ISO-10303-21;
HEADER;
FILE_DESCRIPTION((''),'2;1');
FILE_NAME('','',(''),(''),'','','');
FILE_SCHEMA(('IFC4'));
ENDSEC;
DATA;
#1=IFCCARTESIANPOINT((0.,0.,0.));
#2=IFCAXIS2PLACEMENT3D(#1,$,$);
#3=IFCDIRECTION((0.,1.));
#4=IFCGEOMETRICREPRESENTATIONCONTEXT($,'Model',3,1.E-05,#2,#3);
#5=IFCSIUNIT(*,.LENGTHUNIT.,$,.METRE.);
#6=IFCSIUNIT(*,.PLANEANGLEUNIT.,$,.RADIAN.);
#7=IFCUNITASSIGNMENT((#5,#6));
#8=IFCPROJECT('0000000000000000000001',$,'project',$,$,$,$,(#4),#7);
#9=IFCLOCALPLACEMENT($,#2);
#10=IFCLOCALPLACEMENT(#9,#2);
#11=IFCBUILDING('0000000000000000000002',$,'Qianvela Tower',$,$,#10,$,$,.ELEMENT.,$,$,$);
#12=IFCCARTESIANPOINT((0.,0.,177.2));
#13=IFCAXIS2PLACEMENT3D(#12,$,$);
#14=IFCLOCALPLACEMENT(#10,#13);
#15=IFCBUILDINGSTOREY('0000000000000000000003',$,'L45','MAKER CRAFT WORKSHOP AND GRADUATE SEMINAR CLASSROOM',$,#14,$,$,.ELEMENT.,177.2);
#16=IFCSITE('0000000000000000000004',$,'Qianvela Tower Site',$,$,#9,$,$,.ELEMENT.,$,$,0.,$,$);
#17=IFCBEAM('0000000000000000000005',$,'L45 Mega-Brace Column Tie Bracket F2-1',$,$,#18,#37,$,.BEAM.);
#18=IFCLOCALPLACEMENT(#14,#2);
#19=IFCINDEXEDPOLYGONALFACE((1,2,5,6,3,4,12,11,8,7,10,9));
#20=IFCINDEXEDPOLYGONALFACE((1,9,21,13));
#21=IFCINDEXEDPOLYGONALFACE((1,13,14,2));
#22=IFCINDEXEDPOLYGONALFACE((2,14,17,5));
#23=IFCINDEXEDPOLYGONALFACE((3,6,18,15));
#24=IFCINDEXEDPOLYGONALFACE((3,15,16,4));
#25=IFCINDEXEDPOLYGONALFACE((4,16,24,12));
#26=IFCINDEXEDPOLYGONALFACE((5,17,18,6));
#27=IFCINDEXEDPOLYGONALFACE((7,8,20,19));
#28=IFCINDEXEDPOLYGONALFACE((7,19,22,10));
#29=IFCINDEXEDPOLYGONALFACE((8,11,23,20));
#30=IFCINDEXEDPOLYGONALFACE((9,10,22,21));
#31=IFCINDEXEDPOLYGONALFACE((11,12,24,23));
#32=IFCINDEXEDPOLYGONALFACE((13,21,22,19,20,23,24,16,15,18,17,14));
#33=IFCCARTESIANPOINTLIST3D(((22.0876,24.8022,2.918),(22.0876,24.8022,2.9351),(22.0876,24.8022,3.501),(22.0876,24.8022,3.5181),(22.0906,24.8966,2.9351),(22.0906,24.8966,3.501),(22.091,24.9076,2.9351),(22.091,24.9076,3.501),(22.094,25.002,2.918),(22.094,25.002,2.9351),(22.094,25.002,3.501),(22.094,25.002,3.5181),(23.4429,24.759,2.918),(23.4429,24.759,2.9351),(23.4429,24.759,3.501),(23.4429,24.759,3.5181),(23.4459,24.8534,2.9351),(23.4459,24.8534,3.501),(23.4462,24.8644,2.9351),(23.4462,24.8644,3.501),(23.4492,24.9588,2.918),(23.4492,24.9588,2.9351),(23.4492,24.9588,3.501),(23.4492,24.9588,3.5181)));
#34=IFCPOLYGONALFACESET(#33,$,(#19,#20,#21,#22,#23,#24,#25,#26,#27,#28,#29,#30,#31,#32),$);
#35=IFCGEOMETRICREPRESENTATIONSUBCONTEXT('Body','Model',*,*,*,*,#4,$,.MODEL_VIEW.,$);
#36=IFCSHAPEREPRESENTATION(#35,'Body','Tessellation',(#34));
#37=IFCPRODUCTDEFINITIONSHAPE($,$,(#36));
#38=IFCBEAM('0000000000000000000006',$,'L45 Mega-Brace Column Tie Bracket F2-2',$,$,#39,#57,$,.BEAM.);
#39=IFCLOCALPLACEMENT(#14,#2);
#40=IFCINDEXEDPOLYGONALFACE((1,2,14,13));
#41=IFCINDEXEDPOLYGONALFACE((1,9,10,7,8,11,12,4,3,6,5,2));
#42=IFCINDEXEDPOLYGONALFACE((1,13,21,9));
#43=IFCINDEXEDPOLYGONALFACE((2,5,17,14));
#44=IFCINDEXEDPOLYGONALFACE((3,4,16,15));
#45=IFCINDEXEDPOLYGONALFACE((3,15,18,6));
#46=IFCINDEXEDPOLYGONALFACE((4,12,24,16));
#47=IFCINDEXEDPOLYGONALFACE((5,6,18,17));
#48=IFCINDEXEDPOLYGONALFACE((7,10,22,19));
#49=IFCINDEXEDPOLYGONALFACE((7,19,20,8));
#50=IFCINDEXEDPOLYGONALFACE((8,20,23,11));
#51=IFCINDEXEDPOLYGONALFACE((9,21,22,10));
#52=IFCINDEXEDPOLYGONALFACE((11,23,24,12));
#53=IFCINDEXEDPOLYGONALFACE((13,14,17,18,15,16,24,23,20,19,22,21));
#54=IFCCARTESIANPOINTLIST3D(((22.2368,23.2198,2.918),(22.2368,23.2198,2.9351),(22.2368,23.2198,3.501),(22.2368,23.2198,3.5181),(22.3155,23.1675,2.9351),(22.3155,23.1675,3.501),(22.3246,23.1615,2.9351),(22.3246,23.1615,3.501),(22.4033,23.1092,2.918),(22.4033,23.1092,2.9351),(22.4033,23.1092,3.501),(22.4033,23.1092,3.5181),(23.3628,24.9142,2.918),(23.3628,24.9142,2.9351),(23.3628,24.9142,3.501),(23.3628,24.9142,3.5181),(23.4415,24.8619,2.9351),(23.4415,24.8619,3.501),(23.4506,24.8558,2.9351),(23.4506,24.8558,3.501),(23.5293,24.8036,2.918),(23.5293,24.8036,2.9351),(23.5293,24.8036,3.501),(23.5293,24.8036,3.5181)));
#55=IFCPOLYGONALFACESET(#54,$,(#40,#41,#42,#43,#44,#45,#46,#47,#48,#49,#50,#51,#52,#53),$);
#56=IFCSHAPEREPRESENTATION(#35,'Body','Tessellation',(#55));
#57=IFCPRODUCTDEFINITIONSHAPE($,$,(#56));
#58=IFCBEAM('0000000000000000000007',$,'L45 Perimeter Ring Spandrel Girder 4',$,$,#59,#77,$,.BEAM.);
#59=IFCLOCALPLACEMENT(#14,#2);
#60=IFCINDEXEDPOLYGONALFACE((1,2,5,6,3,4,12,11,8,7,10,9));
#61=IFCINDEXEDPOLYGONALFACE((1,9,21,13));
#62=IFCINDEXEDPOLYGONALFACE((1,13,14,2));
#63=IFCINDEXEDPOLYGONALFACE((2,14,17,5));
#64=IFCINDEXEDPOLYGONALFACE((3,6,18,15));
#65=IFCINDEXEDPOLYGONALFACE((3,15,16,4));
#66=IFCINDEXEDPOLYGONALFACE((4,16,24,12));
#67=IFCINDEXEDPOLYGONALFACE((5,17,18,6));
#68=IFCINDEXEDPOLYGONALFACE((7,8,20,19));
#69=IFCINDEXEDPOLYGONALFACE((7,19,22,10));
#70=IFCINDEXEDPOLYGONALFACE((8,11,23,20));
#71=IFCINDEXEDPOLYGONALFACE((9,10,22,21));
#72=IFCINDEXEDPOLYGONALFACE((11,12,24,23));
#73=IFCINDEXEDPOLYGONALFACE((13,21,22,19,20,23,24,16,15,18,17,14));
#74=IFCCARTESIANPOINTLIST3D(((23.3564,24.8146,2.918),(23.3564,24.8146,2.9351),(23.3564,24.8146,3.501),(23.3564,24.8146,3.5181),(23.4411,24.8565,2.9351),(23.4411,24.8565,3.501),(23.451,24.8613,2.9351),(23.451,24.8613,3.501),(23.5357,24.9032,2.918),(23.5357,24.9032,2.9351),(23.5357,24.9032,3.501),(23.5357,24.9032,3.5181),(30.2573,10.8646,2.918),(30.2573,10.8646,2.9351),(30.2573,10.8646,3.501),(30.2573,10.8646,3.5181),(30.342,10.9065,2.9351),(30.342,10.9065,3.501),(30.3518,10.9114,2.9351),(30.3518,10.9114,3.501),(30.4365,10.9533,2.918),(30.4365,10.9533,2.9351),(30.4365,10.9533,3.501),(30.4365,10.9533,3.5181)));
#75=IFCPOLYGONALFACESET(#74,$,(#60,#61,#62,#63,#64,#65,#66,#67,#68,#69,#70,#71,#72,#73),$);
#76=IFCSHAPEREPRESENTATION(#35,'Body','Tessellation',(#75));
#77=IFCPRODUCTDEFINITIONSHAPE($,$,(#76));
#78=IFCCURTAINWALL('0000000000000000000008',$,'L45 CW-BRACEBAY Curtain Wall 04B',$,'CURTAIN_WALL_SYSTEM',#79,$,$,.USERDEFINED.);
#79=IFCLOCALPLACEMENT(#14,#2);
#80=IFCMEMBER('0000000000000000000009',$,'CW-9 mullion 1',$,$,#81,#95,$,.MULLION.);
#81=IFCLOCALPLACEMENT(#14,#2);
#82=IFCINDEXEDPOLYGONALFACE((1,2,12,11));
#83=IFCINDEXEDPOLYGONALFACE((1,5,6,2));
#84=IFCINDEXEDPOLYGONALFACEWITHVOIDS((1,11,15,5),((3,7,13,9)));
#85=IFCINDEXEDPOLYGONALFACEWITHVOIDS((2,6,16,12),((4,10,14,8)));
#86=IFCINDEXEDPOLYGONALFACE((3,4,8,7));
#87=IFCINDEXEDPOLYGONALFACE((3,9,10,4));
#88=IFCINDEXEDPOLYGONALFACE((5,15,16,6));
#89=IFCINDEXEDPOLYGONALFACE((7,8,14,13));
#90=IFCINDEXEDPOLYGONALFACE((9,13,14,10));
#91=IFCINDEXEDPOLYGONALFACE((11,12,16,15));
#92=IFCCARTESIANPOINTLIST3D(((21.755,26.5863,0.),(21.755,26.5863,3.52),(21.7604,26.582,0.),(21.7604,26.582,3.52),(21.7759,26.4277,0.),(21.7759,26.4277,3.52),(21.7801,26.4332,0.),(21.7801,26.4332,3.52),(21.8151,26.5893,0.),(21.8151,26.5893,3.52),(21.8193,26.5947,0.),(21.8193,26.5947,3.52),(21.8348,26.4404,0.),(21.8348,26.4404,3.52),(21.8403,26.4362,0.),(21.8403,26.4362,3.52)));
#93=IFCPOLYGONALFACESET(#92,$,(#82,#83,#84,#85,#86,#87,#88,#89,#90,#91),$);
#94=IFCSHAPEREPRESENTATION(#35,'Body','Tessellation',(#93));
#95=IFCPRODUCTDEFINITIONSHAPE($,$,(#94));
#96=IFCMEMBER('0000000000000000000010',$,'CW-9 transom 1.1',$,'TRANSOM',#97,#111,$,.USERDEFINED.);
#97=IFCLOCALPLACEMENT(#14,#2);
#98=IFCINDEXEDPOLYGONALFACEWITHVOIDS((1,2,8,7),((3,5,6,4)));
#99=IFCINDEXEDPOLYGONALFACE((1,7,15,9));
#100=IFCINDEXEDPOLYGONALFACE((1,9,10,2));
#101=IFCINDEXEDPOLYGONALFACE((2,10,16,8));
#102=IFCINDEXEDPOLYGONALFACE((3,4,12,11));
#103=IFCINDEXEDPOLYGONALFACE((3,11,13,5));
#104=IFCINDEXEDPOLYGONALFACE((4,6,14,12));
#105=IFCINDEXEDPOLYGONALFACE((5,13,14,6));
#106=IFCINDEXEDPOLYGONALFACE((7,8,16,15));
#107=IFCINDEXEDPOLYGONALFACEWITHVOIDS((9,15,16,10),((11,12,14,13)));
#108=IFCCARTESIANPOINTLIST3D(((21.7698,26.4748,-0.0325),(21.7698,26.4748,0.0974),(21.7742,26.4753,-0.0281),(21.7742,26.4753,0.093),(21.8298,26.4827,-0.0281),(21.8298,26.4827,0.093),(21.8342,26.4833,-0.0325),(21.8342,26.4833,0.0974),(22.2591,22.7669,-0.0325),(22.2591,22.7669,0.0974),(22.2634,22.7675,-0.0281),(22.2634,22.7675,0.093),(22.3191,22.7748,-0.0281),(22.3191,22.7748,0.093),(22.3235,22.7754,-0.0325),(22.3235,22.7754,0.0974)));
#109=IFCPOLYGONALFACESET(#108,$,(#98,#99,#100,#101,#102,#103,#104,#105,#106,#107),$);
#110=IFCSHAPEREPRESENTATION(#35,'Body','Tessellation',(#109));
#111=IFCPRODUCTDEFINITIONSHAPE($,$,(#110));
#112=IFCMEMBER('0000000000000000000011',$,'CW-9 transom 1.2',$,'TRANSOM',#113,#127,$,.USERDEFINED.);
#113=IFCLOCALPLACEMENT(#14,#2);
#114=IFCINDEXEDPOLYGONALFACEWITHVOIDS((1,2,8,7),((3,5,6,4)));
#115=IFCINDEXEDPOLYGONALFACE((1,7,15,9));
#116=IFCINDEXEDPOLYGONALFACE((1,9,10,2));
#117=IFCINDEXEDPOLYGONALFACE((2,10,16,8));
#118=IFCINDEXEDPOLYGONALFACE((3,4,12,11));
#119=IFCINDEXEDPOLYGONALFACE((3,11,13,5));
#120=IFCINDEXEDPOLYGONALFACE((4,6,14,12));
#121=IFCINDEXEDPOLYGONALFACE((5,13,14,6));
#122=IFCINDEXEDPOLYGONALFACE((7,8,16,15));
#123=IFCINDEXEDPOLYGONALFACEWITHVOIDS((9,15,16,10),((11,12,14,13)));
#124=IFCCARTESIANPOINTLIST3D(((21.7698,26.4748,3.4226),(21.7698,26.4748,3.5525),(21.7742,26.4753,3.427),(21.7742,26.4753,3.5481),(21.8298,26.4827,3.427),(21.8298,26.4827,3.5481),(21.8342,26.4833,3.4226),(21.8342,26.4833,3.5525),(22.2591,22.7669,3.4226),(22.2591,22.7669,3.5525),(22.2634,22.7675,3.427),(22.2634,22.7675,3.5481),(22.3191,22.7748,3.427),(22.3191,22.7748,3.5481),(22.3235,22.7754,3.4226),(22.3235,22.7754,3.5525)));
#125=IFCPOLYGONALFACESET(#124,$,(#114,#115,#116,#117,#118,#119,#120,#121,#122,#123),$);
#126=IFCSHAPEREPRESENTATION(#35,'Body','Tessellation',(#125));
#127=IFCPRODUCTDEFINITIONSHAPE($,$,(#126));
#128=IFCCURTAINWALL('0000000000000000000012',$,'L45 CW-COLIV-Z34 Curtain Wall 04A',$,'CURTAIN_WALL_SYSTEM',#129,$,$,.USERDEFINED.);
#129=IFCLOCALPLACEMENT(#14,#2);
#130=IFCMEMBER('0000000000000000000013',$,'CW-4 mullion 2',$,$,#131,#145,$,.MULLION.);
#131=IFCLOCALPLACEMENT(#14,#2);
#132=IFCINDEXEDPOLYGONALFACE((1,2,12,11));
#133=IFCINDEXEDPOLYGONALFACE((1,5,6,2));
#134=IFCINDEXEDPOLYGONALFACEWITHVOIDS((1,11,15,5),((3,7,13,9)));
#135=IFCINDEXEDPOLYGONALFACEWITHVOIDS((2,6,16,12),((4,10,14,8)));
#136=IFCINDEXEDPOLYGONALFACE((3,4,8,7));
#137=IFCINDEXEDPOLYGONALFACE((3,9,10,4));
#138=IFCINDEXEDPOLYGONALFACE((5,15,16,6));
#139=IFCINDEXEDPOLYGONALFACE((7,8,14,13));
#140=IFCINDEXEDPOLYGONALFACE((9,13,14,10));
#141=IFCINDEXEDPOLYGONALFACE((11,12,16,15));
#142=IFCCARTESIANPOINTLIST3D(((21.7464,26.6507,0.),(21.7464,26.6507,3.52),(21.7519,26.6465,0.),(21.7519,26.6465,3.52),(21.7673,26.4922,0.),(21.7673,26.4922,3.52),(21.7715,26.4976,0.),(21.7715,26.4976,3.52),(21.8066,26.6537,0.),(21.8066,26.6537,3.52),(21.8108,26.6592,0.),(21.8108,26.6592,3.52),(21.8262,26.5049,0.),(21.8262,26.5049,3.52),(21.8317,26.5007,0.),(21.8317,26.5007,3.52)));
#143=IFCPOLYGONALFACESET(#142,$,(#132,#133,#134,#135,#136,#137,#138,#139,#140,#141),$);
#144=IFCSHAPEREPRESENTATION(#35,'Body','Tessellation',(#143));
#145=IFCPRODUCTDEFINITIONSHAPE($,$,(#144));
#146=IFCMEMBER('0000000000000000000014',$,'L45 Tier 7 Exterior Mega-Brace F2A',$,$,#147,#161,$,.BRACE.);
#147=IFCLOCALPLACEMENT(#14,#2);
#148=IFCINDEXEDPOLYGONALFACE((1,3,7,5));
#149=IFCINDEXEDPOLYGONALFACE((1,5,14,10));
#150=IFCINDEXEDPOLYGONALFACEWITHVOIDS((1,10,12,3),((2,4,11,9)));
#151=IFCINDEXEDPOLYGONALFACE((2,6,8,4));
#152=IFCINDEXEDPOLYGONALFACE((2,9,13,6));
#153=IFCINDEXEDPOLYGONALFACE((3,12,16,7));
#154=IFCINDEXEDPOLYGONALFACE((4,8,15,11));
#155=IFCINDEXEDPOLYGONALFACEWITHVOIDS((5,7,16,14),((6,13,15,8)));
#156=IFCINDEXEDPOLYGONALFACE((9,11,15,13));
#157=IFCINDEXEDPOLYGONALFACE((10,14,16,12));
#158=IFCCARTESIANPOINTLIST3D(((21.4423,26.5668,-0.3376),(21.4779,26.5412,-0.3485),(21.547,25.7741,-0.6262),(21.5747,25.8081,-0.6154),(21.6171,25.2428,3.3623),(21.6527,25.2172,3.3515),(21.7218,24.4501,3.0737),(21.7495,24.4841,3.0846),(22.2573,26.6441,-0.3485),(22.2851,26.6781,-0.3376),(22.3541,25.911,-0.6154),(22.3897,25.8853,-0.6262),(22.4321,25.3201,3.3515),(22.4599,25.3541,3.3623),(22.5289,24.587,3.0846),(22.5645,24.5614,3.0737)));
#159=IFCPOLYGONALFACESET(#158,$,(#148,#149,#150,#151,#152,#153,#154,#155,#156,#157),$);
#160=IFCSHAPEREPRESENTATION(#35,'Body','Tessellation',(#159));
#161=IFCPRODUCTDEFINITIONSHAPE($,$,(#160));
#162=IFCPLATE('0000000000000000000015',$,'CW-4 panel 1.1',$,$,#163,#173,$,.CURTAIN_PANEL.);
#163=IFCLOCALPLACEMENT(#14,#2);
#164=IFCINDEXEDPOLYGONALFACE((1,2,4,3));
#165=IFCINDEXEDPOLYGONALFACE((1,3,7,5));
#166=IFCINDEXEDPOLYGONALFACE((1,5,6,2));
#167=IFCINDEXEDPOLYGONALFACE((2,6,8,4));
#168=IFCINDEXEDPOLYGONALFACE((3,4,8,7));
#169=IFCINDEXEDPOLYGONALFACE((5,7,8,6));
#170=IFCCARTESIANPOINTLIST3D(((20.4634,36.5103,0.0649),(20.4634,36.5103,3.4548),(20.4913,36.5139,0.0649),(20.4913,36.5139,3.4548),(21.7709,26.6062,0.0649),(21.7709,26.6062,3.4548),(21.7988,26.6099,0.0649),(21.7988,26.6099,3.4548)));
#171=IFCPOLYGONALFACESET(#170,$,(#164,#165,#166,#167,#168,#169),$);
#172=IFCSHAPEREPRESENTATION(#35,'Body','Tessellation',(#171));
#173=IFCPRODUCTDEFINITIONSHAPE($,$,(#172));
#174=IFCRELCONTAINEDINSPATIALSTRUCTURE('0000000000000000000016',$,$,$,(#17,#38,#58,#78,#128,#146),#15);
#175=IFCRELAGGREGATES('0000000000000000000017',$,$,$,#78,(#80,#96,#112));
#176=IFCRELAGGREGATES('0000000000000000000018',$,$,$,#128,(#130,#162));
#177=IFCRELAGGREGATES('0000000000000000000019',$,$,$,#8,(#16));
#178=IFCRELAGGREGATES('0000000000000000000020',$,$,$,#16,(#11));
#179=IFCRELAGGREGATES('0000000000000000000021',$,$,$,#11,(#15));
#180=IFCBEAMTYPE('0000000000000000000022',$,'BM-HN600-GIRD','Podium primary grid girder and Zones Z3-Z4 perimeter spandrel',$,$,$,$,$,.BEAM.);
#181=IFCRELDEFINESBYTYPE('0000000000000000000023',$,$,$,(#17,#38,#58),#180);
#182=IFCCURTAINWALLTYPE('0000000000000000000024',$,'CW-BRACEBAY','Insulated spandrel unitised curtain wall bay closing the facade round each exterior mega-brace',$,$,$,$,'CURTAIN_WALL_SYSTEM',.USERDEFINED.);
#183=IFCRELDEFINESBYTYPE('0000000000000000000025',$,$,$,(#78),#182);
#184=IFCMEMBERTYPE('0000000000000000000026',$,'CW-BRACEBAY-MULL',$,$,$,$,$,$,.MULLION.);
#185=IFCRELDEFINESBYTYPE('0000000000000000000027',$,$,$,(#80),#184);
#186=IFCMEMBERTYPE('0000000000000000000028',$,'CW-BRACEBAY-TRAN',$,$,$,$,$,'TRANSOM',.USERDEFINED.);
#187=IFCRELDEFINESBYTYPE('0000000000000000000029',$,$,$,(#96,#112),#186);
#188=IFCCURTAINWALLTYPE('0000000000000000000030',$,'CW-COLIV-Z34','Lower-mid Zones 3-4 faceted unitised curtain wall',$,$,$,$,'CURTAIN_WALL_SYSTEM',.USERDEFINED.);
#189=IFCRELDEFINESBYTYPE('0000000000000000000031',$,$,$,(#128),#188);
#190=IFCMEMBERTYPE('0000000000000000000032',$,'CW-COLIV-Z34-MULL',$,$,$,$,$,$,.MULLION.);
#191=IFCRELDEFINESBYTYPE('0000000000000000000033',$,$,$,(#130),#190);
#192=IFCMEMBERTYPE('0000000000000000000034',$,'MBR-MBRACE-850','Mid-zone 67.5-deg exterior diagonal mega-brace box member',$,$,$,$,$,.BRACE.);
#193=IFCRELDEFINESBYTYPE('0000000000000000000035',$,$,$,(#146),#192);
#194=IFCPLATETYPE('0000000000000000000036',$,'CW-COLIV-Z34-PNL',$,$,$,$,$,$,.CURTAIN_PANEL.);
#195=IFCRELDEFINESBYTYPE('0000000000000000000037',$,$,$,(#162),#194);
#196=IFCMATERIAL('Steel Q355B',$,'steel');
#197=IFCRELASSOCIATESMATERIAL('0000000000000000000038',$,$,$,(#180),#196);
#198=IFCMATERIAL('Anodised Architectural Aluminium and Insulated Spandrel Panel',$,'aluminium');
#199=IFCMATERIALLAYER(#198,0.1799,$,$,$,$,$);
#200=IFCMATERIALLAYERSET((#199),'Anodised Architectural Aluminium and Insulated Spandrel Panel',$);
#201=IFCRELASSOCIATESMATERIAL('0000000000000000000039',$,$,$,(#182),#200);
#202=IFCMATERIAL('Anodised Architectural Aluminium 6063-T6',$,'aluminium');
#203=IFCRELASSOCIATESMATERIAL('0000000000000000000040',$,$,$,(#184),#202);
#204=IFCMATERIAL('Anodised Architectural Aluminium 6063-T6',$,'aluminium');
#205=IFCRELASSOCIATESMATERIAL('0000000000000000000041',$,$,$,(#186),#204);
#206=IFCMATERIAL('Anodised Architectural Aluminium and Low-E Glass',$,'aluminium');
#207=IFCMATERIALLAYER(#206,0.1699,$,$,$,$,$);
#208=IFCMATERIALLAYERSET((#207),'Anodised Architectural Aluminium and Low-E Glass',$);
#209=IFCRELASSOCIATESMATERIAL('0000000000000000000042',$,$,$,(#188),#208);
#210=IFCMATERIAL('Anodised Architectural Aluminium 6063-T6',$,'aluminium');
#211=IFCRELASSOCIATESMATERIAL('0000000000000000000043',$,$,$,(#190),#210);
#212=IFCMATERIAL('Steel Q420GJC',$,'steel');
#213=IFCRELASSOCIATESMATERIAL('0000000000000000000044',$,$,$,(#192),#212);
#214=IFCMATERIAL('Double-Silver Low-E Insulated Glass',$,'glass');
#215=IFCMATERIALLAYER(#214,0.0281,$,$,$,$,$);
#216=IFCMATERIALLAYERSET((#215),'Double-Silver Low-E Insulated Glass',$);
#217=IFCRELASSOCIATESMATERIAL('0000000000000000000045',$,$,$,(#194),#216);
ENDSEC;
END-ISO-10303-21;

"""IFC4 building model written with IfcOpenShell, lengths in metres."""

from ifc_helpers import new_model, si_unit, direction, frame, origin, origin_2d, place, context, subcontext, project, spatial, rectangle, hollow_rectangle, i_section, extrude, material, layer, layer_set, material_profile, profile_set, type_object, element, aggregate, save


model = new_model("IFC4")

# Units and contexts
model_context = context("Model", 3, precision=1e-05, world=origin(), true_north=direction((0.0, 1.0)))
body_context = subcontext(model_context, "Body", "Model", "MODEL_VIEW")
ifc_project = project(units=[si_unit("LENGTHUNIT", "METRE"), si_unit("PLANEANGLEUNIT", "RADIAN")], contexts=[model_context])

# Site, building, storey
site_placement = place(None, origin())
site = spatial("IfcSite", under=ifc_project, at=site_placement, Name="Qianvela Tower Site", CompositionType="ELEMENT", RefElevation=0.0)
building_placement = place(site_placement, origin())
building = spatial("IfcBuilding", under=site, at=building_placement, Name="Qianvela Tower", CompositionType="ELEMENT")
storey_placement = place(building_placement, frame((0.0, 0.0, 177.2)))
storey = spatial("IfcBuildingStorey", under=building, at=storey_placement, Name="L45", Description="MAKER CRAFT WORKSHOP AND GRADUATE SEMINAR CLASSROOM", CompositionType="ELEMENT", Elevation=177.2)

# Beams
ifc_material_1 = material(Name="Steel Q355B", Category="steel")
ifc_material_profile_1 = material_profile(ifc_material_1, i_section(OverallWidth=0.2, OverallDepth=0.6001, WebThickness=0.011, FlangeThickness=0.0171, at=origin_2d()), Name="HN600x200x11x17")
ifc_profile_set_1 = profile_set([ifc_material_profile_1], Name="Steel Q355B")
beam_type = type_object("IfcBeamType", Name="BM-HN600-GIRD", Description="Podium primary grid girder and Zones Z3-Z4 perimeter spandrel", PredefinedType="BEAM", material=ifc_profile_set_1)
beam_1_placement = place(storey_placement, frame((23.446, 24.8589, 3.218), z_axis=(-0.999492, 0.03187, 0.0), x_axis=(-0.03187, -0.999492, 0.0)))
element("IfcBeam", 1, at=beam_1_placement, inside=storey, type_object=beam_type, Name="L45 Mega-Brace Column Tie Bracket F2-1", PredefinedType="BEAM", context=body_context, shape_type="SweptSolid", body=[
    extrude(i_section(OverallWidth=0.2, OverallDepth=0.6001, WebThickness=0.011, FlangeThickness=0.0171, at=origin_2d()), origin(), (0.0, 0.0, 1.0), 1.356),
])
beam_2_placement = place(storey_placement, frame((23.446, 24.8589, 3.218), z_axis=(-0.553481, -0.832862, 0.0), x_axis=(0.832862, -0.553481, 0.0)))
element("IfcBeam", 2, at=beam_2_placement, inside=storey, type_object=beam_type, Name="L45 Mega-Brace Column Tie Bracket F2-2", PredefinedType="BEAM", context=body_context, shape_type="SweptSolid", body=[
    extrude(i_section(OverallWidth=0.2, OverallDepth=0.6001, WebThickness=0.011, FlangeThickness=0.0171, at=origin_2d()), origin(), (0.0, 0.0, 1.0), 2.0344),
])
beam_3_placement = place(storey_placement, frame((23.446, 24.8589, 3.218), z_axis=(0.443401, -0.896323, 0.0), x_axis=(0.896323, 0.443401, 0.0)))
element("IfcBeam", 3, at=beam_3_placement, inside=storey, type_object=beam_type, Name="L45 Perimeter Ring Spandrel Girder 4", PredefinedType="BEAM", context=body_context, shape_type="SweptSolid", body=[
    extrude(i_section(OverallWidth=0.2, OverallDepth=0.6001, WebThickness=0.011, FlangeThickness=0.0171, at=origin_2d()), origin(), (0.0, 0.0, 1.0), 15.5635),
])

# Curtain wall, members
ifc_material_2 = material(Name="Anodised Architectural Aluminium and Insulated Spandrel Panel", Category="aluminium")
ifc_layer_1 = layer(ifc_material_2, 0.1799)
ifc_layer_set_1 = layer_set([ifc_layer_1], Name="Anodised Architectural Aluminium and Insulated Spandrel Panel")
curtain_wall_type_1 = type_object("IfcCurtainWallType", Name="CW-BRACEBAY", Description="Insulated spandrel unitised curtain wall bay closing the facade round each exterior mega-brace", ElementType="CURTAIN_WALL_SYSTEM", PredefinedType="USERDEFINED", material=ifc_layer_set_1)
curtain_wall_1_placement = place(storey_placement, origin())
curtain_wall_1 = element("IfcCurtainWall", 4, at=curtain_wall_1_placement, inside=storey, type_object=curtain_wall_type_1, Name="L45 CW-BRACEBAY Curtain Wall 04B", ObjectType="CURTAIN_WALL_SYSTEM", PredefinedType="USERDEFINED")
ifc_material_3 = material(Name="Anodised Architectural Aluminium 6063-T6", Category="aluminium")
ifc_material_profile_2 = material_profile(ifc_material_3, hollow_rectangle(XDim=0.0649, YDim=0.1599, WallThickness=0.0049, at=origin_2d()), Name="ALU-MULL-65x160")
ifc_profile_set_2 = profile_set([ifc_material_profile_2], Name="Anodised Architectural Aluminium 6063-T6")
member_type_1 = type_object("IfcMemberType", Name="CW-BRACEBAY-MULL", PredefinedType="MULLION", material=ifc_profile_set_2)
member_1_placement = place(storey_placement, frame((21.7976, 26.5112, 0.0), z_axis=(0.0, 0.0, 1.0), x_axis=(0.991402, 0.130854, 0.0)))
member_1 = element("IfcMember", 5, at=member_1_placement, type_object=member_type_1, Name="CW-9 mullion 1", PredefinedType="MULLION", context=body_context, shape_type="SweptSolid", body=[
    extrude(hollow_rectangle(XDim=0.0649, YDim=0.1599, WallThickness=0.0049, at=origin_2d()), origin(), (0.0, 0.0, 1.0), 3.52),
])
ifc_material_4 = material(Name="Anodised Architectural Aluminium 6063-T6", Category="aluminium")
ifc_material_profile_3 = material_profile(ifc_material_4, hollow_rectangle(XDim=0.0649, YDim=0.1299, WallThickness=0.0044, at=origin_2d()), Name="ALU-TRAN-65x130")
ifc_profile_set_3 = profile_set([ifc_material_profile_3], Name="Anodised Architectural Aluminium 6063-T6")
member_type_2 = type_object("IfcMemberType", Name="CW-BRACEBAY-TRAN", ElementType="TRANSOM", PredefinedType="USERDEFINED", material=ifc_profile_set_3)
member_2_placement = place(storey_placement, frame((21.802, 26.479, 0.0325), z_axis=(0.130821, -0.991406, 0.0), x_axis=(0.991406, 0.130821, 0.0)))
member_2 = element("IfcMember", 6, at=member_2_placement, type_object=member_type_2, Name="CW-9 transom 1.1", ObjectType="TRANSOM", PredefinedType="USERDEFINED", context=body_context, shape_type="SweptSolid", body=[
    extrude(hollow_rectangle(XDim=0.0649, YDim=0.1299, WallThickness=0.0044, at=origin_2d()), origin(), (0.0, 0.0, 1.0), 3.74),
])
member_3_placement = place(storey_placement, frame((21.802, 26.479, 3.4875), z_axis=(0.130821, -0.991406, 0.0), x_axis=(0.991406, 0.130821, 0.0)))
member_3 = element("IfcMember", 7, at=member_3_placement, type_object=member_type_2, Name="CW-9 transom 1.2", ObjectType="TRANSOM", PredefinedType="USERDEFINED", context=body_context, shape_type="SweptSolid", body=[
    extrude(hollow_rectangle(XDim=0.0649, YDim=0.1299, WallThickness=0.0044, at=origin_2d()), origin(), (0.0, 0.0, 1.0), 3.74),
])
aggregate(curtain_wall_1, [member_1, member_2, member_3])

# Curtain wall, member
ifc_material_5 = material(Name="Anodised Architectural Aluminium and Low-E Glass", Category="aluminium")
ifc_layer_2 = layer(ifc_material_5, 0.1699)
ifc_layer_set_2 = layer_set([ifc_layer_2], Name="Anodised Architectural Aluminium and Low-E Glass")
curtain_wall_type_2 = type_object("IfcCurtainWallType", Name="CW-COLIV-Z34", Description="Lower-mid Zones 3-4 faceted unitised curtain wall", ElementType="CURTAIN_WALL_SYSTEM", PredefinedType="USERDEFINED", material=ifc_layer_set_2)
curtain_wall_2_placement = place(storey_placement, origin())
curtain_wall_2 = element("IfcCurtainWall", 8, at=curtain_wall_2_placement, inside=storey, type_object=curtain_wall_type_2, Name="L45 CW-COLIV-Z34 Curtain Wall 04A", ObjectType="CURTAIN_WALL_SYSTEM", PredefinedType="USERDEFINED")
ifc_material_6 = material(Name="Anodised Architectural Aluminium 6063-T6", Category="aluminium")
ifc_material_profile_4 = material_profile(ifc_material_6, hollow_rectangle(XDim=0.0649, YDim=0.1599, WallThickness=0.0049, at=origin_2d()), Name="ALU-MULL-65x160")
ifc_profile_set_4 = profile_set([ifc_material_profile_4], Name="Anodised Architectural Aluminium 6063-T6")
member_type_3 = type_object("IfcMemberType", Name="CW-COLIV-Z34-MULL", PredefinedType="MULLION", material=ifc_profile_set_4)
member_4_placement = place(storey_placement, frame((21.7891, 26.5757, 0.0), z_axis=(0.0, 0.0, 1.0), x_axis=(0.991398, 0.13088, 0.0)))
member_4 = element("IfcMember", 9, at=member_4_placement, type_object=member_type_3, Name="CW-4 mullion 2", PredefinedType="MULLION", context=body_context, shape_type="SweptSolid", body=[
    extrude(hollow_rectangle(XDim=0.0649, YDim=0.1599, WallThickness=0.0049, at=origin_2d()), origin(), (0.0, 0.0, 1.0), 3.52),
])

# Member
ifc_material_7 = material(Name="Steel Q420GJC", Category="steel")
ifc_material_profile_5 = material_profile(ifc_material_7, hollow_rectangle(XDim=0.8501, YDim=0.8501, WallThickness=0.032, at=origin_2d()), Name="MBOX-850x850x32")
ifc_profile_set_5 = profile_set([ifc_material_profile_5], Name="Steel Q420GJC")
member_type_4 = type_object("IfcMemberType", Name="MBR-MBRACE-850", Description="Mid-zone 67.5-deg exterior diagonal mega-brace box member", PredefinedType="BRACE", material=ifc_profile_set_5)
member_5_placement = place(storey_placement, frame((21.916, 26.2261, -0.4819), z_axis=(0.044439, -0.336582, 0.940605), x_axis=(0.991396, 0.130894, 0.0)))
element("IfcMember", 10, at=member_5_placement, inside=storey, type_object=member_type_4, Name="L45 Tier 7 Exterior Mega-Brace F2A", PredefinedType="BRACE", context=body_context, shape_type="SweptSolid", body=[
    extrude(hollow_rectangle(XDim=0.8501, YDim=0.8501, WallThickness=0.032, at=origin_2d()), origin(), (0.0, 0.0, 1.0), 3.9336),
])

# Plate
ifc_material_8 = material(Name="Double-Silver Low-E Insulated Glass", Category="glass")
ifc_layer_3 = layer(ifc_material_8, 0.0281)
ifc_layer_set_3 = layer_set([ifc_layer_3], Name="Double-Silver Low-E Insulated Glass")
plate_type = type_object("IfcPlateType", Name="CW-COLIV-Z34-PNL", PredefinedType="CURTAIN_PANEL", material=ifc_layer_set_3)
plate_placement = place(storey_placement, frame((21.1311, 31.5601, 0.0649), z_axis=(0.0, 0.0, 1.0), x_axis=(0.13088, -0.991398, 0.0)))
plate = element("IfcPlate", 11, at=plate_placement, type_object=plate_type, Name="CW-4 panel 1.1", PredefinedType="CURTAIN_PANEL", context=body_context, shape_type="SweptSolid", body=[
    extrude(rectangle(XDim=9.99, YDim=0.0281, at=origin_2d()), origin(), (0.0, 0.0, 1.0), 3.3899),
])
aggregate(curtain_wall_2, [member_4, plate])

save(model, "model.ifc")
